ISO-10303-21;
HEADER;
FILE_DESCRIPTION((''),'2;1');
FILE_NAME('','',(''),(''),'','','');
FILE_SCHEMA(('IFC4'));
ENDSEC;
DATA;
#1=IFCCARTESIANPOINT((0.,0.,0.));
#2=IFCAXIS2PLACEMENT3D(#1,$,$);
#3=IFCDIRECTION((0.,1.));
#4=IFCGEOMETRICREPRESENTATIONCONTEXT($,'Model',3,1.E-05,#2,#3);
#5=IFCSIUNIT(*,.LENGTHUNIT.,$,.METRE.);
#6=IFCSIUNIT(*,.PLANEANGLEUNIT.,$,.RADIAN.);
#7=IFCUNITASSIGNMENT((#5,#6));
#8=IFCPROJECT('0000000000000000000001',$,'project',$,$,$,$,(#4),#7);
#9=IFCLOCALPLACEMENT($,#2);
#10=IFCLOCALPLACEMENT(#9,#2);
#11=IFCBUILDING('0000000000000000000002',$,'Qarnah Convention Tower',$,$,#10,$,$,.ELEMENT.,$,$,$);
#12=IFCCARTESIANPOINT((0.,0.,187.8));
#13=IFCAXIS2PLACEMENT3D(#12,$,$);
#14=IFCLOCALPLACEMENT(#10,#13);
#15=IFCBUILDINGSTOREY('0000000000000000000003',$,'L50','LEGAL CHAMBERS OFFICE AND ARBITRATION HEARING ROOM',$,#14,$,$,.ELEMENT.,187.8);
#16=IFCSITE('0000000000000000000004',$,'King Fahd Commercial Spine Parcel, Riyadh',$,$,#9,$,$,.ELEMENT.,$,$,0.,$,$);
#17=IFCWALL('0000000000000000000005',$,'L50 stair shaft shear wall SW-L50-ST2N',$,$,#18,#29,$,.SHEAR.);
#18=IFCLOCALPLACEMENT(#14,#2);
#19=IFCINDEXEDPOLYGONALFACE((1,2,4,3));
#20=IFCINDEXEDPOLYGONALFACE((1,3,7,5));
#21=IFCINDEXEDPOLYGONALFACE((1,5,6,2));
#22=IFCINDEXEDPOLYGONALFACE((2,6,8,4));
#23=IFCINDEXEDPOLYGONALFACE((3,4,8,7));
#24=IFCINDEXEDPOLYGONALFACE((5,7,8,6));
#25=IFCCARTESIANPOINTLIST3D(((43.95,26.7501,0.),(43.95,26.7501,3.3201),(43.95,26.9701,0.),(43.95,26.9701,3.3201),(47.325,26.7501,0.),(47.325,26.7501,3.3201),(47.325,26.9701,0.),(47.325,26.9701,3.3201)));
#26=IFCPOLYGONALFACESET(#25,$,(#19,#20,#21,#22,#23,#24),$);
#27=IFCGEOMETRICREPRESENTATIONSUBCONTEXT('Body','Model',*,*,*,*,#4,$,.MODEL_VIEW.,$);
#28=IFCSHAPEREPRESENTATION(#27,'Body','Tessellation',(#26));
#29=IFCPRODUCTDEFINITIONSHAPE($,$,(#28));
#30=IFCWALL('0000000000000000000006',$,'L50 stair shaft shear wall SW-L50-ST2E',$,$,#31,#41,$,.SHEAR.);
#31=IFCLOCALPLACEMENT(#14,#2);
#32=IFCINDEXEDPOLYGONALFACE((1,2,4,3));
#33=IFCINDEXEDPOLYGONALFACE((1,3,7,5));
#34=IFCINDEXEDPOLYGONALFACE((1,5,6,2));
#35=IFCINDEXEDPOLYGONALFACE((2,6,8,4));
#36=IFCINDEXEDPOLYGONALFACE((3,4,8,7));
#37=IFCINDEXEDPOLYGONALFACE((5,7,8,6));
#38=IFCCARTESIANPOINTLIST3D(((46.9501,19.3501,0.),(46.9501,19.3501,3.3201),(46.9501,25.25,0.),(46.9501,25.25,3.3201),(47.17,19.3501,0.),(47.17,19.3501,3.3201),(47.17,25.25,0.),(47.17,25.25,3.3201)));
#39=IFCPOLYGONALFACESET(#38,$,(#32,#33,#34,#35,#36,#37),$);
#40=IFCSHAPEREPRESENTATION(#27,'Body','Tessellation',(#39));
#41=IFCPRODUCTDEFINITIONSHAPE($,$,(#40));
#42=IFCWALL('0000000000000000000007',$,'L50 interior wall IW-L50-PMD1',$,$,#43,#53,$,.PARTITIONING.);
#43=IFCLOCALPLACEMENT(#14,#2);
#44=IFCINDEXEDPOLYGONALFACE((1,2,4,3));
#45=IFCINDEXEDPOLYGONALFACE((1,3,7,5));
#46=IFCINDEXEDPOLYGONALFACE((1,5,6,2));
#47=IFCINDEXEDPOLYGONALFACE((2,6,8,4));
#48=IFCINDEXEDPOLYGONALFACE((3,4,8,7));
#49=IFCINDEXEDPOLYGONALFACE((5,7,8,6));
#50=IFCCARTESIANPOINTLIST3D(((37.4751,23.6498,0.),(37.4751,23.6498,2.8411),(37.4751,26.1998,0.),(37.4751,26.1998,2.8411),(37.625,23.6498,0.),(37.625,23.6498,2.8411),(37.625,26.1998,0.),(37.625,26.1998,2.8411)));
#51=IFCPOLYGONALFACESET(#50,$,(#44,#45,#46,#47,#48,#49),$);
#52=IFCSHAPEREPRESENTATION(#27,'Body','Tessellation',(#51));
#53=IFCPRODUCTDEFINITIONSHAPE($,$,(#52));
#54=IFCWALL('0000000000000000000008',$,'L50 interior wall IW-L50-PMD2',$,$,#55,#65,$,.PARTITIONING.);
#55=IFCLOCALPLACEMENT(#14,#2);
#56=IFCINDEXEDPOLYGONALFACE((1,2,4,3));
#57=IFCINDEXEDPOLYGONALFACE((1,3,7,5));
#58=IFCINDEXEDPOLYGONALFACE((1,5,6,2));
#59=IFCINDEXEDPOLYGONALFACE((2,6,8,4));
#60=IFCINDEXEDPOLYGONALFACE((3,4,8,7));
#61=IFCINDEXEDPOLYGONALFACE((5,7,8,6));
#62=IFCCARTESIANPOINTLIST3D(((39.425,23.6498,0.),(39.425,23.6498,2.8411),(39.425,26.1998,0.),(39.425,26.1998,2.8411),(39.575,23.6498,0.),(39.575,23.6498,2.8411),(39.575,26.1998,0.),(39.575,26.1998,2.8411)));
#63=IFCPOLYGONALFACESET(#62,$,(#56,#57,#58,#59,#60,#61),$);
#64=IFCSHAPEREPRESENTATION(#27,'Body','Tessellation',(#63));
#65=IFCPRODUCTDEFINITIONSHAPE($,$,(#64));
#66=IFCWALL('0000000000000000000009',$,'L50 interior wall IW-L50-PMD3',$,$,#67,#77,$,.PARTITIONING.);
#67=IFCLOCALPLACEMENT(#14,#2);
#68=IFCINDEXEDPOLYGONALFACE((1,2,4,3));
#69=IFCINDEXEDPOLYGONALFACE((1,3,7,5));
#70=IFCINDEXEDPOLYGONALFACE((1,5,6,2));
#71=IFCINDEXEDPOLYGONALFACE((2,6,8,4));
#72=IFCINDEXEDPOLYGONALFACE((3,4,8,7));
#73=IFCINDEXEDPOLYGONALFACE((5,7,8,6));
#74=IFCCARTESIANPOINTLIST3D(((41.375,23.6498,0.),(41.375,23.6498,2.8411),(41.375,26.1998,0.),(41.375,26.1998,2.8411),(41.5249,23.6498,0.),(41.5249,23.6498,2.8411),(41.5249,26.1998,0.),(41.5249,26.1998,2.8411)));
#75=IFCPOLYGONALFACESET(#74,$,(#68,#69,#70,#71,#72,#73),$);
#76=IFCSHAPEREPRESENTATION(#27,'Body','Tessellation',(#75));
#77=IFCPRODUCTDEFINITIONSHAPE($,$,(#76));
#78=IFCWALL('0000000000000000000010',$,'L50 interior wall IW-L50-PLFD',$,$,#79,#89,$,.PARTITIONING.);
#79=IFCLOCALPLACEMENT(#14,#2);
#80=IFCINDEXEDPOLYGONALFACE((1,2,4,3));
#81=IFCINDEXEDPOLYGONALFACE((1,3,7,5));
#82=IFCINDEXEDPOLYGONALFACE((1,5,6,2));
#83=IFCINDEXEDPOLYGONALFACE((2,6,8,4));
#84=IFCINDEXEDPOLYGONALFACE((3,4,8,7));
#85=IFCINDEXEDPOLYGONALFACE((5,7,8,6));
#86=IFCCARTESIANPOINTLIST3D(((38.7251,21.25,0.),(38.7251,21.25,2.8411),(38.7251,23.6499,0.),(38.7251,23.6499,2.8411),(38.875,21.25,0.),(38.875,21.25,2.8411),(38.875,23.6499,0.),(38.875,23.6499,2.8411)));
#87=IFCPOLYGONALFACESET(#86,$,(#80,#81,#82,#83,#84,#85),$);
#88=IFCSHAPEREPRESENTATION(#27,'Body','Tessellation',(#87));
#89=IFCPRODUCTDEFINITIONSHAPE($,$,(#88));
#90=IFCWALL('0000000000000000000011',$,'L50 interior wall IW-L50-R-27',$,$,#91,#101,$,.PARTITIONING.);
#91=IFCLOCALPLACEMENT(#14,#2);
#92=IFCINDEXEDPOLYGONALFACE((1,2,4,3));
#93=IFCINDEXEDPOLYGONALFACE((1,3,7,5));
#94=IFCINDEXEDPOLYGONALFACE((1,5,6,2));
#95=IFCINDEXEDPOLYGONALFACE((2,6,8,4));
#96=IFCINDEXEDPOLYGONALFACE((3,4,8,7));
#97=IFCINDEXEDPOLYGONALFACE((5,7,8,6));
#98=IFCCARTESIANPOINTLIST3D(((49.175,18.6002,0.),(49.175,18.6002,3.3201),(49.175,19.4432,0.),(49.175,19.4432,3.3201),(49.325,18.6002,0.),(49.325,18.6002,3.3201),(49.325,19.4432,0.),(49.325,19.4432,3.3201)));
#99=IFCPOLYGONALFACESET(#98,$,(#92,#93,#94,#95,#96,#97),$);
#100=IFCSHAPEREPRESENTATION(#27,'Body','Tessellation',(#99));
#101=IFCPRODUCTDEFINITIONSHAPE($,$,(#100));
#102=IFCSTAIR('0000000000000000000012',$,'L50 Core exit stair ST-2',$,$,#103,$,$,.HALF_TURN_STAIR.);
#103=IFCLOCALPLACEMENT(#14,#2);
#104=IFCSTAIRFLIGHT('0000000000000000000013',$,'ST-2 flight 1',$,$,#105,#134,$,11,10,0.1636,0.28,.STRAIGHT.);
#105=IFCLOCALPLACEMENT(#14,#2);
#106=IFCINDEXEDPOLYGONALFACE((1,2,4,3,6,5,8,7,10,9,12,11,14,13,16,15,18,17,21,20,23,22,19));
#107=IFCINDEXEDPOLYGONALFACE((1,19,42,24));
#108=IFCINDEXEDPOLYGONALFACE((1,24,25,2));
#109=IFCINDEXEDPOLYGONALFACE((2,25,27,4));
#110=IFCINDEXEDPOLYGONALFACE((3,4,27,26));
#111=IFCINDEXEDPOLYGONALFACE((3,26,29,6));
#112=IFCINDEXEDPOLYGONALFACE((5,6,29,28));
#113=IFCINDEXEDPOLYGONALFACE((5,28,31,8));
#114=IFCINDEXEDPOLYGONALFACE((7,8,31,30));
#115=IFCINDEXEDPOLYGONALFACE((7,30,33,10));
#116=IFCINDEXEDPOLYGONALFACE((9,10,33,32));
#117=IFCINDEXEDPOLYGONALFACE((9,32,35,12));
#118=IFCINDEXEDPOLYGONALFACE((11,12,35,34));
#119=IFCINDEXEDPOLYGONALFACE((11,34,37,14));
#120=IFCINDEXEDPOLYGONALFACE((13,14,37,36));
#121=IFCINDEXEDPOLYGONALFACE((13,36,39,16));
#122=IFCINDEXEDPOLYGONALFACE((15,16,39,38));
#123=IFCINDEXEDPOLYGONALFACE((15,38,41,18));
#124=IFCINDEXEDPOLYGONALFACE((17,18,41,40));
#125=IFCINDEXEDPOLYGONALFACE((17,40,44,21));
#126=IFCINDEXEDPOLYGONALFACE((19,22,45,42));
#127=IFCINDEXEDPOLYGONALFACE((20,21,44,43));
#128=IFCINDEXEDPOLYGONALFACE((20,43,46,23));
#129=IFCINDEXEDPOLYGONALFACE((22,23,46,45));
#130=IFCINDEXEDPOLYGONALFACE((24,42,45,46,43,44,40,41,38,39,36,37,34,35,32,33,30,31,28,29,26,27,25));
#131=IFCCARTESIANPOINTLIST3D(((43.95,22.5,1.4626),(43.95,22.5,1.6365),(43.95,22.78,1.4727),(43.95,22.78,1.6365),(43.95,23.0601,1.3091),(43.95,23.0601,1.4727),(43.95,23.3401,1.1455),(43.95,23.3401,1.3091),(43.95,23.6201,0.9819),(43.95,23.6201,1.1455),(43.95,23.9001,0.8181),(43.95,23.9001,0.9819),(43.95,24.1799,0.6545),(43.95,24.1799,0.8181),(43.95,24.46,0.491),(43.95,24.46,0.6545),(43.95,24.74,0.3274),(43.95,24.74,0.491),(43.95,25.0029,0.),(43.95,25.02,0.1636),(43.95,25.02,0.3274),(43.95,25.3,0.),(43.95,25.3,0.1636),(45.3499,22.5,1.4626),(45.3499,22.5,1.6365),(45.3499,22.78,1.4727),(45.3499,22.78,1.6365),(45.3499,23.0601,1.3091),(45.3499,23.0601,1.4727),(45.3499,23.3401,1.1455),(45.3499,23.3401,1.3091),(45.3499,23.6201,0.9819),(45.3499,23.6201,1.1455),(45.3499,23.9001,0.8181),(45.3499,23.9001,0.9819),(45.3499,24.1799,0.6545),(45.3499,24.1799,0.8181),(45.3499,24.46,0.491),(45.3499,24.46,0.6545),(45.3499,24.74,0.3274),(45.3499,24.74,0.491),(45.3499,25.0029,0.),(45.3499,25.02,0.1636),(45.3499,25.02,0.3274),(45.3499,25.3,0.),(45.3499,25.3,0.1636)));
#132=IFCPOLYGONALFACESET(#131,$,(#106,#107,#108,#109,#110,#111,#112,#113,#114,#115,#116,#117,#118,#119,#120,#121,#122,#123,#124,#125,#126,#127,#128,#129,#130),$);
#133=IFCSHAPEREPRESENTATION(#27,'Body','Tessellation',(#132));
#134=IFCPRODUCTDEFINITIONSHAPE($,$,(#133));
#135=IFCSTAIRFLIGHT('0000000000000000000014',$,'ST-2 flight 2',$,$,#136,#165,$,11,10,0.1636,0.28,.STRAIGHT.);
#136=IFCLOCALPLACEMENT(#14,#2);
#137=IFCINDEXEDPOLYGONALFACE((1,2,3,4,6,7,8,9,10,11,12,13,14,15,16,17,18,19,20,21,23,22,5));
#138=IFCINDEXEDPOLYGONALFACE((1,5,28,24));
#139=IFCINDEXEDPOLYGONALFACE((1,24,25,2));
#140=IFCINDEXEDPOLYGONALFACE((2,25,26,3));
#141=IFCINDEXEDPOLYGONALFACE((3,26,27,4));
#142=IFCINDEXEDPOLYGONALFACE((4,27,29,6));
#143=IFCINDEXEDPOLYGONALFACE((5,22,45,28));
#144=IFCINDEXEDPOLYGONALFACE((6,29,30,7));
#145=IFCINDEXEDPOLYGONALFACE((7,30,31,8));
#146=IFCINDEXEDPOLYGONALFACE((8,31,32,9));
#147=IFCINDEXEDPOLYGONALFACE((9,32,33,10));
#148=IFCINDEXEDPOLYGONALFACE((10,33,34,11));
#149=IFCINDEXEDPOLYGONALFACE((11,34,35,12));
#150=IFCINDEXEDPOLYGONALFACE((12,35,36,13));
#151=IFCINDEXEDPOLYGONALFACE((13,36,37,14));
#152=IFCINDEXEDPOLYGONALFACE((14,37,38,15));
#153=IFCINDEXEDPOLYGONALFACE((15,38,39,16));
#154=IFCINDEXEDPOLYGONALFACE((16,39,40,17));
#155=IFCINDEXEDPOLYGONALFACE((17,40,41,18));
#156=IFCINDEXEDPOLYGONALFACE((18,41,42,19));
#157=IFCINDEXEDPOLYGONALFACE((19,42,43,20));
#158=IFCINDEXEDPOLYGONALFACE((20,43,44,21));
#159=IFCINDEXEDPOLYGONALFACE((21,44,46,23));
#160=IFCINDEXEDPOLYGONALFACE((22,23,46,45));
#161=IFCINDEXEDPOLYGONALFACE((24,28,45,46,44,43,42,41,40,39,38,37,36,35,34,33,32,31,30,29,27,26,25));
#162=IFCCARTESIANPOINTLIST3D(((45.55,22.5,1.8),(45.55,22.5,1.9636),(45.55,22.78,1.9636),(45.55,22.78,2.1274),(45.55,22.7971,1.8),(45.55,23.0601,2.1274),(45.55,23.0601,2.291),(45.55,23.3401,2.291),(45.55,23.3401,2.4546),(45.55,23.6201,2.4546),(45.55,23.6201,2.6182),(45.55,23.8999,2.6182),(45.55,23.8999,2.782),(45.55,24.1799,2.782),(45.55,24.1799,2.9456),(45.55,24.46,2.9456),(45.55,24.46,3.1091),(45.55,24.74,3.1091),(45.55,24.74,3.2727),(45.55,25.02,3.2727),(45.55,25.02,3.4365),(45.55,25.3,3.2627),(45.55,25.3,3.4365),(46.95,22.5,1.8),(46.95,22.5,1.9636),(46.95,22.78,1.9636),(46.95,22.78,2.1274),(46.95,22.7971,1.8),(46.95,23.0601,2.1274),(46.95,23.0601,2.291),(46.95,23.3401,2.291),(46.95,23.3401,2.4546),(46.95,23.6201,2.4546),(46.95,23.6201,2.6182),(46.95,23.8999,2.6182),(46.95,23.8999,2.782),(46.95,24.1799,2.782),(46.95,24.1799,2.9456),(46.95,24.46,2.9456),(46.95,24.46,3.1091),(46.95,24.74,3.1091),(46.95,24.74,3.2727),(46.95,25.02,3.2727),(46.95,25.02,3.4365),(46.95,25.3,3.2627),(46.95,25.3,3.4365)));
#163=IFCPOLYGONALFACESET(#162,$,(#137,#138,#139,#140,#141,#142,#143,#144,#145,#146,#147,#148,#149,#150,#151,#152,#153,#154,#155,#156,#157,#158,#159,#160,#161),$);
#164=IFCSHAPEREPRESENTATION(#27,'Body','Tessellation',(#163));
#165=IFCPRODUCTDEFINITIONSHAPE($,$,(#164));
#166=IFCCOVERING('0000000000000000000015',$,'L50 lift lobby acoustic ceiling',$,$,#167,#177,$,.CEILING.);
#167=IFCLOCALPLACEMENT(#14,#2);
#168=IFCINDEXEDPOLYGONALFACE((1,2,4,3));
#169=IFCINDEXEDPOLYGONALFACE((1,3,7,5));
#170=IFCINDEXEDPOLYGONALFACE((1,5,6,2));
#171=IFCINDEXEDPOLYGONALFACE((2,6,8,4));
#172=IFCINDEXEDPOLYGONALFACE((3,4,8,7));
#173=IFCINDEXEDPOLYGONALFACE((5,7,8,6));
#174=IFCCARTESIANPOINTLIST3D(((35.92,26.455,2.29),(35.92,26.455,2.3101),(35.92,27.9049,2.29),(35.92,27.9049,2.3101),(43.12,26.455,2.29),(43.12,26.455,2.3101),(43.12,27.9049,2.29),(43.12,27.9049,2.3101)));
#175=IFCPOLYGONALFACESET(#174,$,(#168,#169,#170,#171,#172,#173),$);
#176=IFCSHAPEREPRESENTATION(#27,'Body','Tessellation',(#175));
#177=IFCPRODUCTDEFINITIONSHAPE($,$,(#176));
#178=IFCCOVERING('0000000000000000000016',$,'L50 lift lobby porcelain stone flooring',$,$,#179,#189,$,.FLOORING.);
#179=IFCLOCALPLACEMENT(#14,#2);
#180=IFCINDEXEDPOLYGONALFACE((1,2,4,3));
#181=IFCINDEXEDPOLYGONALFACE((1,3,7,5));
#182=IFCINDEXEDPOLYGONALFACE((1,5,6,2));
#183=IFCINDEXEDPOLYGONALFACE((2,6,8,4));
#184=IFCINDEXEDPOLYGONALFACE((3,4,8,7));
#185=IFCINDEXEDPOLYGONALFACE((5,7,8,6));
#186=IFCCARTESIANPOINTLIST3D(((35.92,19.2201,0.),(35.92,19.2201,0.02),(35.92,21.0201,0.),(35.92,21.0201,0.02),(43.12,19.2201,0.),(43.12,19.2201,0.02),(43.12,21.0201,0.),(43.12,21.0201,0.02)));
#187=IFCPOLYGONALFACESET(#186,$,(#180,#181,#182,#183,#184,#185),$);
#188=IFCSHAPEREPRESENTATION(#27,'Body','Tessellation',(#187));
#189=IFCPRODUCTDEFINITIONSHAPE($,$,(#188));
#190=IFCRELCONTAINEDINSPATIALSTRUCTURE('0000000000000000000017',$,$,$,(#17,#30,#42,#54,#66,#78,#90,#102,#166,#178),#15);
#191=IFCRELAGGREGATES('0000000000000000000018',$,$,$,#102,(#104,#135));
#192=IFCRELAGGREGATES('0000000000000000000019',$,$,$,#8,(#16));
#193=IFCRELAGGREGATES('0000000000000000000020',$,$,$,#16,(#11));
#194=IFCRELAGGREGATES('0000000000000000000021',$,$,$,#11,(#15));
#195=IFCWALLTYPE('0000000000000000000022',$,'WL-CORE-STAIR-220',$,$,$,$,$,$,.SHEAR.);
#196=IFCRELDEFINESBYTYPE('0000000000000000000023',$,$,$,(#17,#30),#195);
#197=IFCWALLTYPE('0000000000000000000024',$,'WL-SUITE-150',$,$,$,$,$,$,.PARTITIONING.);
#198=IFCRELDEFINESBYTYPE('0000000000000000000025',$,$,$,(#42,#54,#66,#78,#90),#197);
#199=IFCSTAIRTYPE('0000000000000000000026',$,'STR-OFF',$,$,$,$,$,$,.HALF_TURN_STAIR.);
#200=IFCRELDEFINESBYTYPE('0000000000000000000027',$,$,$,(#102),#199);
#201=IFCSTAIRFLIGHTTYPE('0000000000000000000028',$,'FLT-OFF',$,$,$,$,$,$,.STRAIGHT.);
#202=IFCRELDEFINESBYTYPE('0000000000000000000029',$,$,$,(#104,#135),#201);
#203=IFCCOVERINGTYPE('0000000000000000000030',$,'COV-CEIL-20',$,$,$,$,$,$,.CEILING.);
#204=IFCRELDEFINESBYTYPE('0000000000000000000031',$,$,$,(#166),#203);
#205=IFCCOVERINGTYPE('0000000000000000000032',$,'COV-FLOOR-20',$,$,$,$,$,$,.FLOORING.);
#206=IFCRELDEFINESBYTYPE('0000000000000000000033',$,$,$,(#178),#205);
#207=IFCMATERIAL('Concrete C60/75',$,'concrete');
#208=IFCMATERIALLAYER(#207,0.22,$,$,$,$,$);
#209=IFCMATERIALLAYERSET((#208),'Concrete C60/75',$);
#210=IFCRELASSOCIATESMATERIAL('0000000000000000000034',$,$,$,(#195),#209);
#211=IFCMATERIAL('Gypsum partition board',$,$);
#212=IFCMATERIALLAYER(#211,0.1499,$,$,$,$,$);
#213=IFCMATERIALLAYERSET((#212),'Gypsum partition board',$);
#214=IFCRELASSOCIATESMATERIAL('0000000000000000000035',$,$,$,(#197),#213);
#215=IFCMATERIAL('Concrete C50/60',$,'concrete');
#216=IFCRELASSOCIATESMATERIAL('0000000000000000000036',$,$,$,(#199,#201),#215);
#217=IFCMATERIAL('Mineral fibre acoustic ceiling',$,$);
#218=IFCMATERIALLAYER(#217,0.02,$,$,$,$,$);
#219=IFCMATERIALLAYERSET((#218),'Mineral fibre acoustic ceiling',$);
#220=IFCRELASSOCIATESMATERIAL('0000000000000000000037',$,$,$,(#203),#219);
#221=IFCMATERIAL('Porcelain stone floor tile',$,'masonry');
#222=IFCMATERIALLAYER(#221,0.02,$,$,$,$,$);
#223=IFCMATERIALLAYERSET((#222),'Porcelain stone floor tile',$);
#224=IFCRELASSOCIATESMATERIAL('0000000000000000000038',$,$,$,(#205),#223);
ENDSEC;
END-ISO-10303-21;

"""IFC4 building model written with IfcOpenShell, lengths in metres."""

from ifc_helpers import new_model, si_unit, direction, frame, frame_2d, origin, origin_2d, place, context, subcontext, project, spatial, polyline, rectangle, outline, extrude, material, layer, layer_set, type_object, element, aggregate, save


model = new_model("IFC4")

# Units and contexts
model_context = context("Model", 3, precision=1e-05, world=origin(), true_north=direction((0.0, 1.0)))
body_context = subcontext(model_context, "Body", "Model", "MODEL_VIEW")
ifc_project = project(units=[si_unit("LENGTHUNIT", "METRE"), si_unit("PLANEANGLEUNIT", "RADIAN")], contexts=[model_context])

# Site, building, storey
site_placement = place(None, origin())
site = spatial("IfcSite", under=ifc_project, at=site_placement, Name="King Fahd Commercial Spine Parcel, Riyadh", CompositionType="ELEMENT", RefElevation=0.0)
building_placement = place(site_placement, origin())
building = spatial("IfcBuilding", under=site, at=building_placement, Name="Qarnah Convention Tower", CompositionType="ELEMENT")
storey_placement = place(building_placement, frame((0.0, 0.0, 187.8)))
storey = spatial("IfcBuildingStorey", under=building, at=storey_placement, Name="L50", Description="LEGAL CHAMBERS OFFICE AND ARBITRATION HEARING ROOM", CompositionType="ELEMENT", Elevation=187.8)

# Shared definitions
ifc_material_1 = material(Name="Concrete C50/60", Category="concrete")

# Walls
ifc_material_2 = material(Name="Concrete C60/75", Category="concrete")
ifc_layer_1 = layer(ifc_material_2, 0.22)
ifc_layer_set_1 = layer_set([ifc_layer_1], Name="Concrete C60/75")
wall_type_1 = type_object("IfcWallType", Name="WL-CORE-STAIR-220", PredefinedType="SHEAR", material=ifc_layer_set_1)
wall_1_placement = place(storey_placement, frame((43.95, 26.8601, 0.0), z_axis=(0.0, 0.0, 1.0), x_axis=(1.0, 0.0, 0.0)))
element("IfcWall", 1, at=wall_1_placement, inside=storey, type_object=wall_type_1, Name="L50 stair shaft shear wall SW-L50-ST2N", PredefinedType="SHEAR", context=body_context, shape_type="SweptSolid", body=[
    extrude(rectangle(XDim=3.375, YDim=0.22, at=frame_2d((1.6875, 0.0))), origin(), (0.0, 0.0, 1.0), 3.3201),
])
wall_2_placement = place(storey_placement, frame((47.0601, 19.3501, 0.0), z_axis=(0.0, 0.0, 1.0), x_axis=(0.0, 1.0, 0.0)))
element("IfcWall", 2, at=wall_2_placement, inside=storey, type_object=wall_type_1, Name="L50 stair shaft shear wall SW-L50-ST2E", PredefinedType="SHEAR", context=body_context, shape_type="SweptSolid", body=[
    extrude(rectangle(XDim=5.8999, YDim=0.22, at=frame_2d((2.95, 0.0))), origin(), (0.0, 0.0, 1.0), 3.3201),
])
ifc_material_3 = material(Name="Gypsum partition board")
ifc_layer_2 = layer(ifc_material_3, 0.1499)
ifc_layer_set_2 = layer_set([ifc_layer_2], Name="Gypsum partition board")
wall_type_2 = type_object("IfcWallType", Name="WL-SUITE-150", PredefinedType="PARTITIONING", material=ifc_layer_set_2)
for number, where, z_axis, x_axis, name in (
    (3, (37.55, 23.6499, 0.0), (0.0, 0.0, 1.0), (0.0, 1.0, 0.0), "L50 interior wall IW-L50-PMD1"),
    (4, (39.5, 23.6499, 0.0), (0.0, 0.0, 1.0), (0.0, 1.0, 0.0), "L50 interior wall IW-L50-PMD2"),
    (5, (41.45, 23.6499, 0.0), (0.0, 0.0, 1.0), (0.0, 1.0, 0.0), "L50 interior wall IW-L50-PMD3"),
):
    element("IfcWall", number, at=place(storey_placement, frame(where, z_axis=z_axis, x_axis=x_axis)), inside=storey, type_object=wall_type_2, Name=name, PredefinedType="PARTITIONING", context=body_context, shape_type="SweptSolid", body=[
        extrude(rectangle(XDim=2.55, YDim=0.1499, at=frame_2d((1.2749, 0.0))), origin(), (0.0, 0.0, 1.0), 2.8411),
    ])
wall_3_placement = place(storey_placement, frame((38.8, 21.25, 0.0), z_axis=(0.0, 0.0, 1.0), x_axis=(0.0, 1.0, 0.0)))
element("IfcWall", 6, at=wall_3_placement, inside=storey, type_object=wall_type_2, Name="L50 interior wall IW-L50-PLFD", PredefinedType="PARTITIONING", context=body_context, shape_type="SweptSolid", body=[
    extrude(rectangle(XDim=2.3999, YDim=0.1499, at=frame_2d((1.2, 0.0))), origin(), (0.0, 0.0, 1.0), 2.8411),
])
wall_4_placement = place(storey_placement, frame((49.25, 19.4431, 0.0), z_axis=(0.0, 0.0, 1.0), x_axis=(0.0, -1.0, 0.0)))
element("IfcWall", 7, at=wall_4_placement, inside=storey, type_object=wall_type_2, Name="L50 interior wall IW-L50-R-27", PredefinedType="PARTITIONING", context=body_context, shape_type="SweptSolid", body=[
    extrude(rectangle(XDim=0.843, YDim=0.1499, at=frame_2d((0.4214, 0.0))), origin(), (0.0, 0.0, 1.0), 3.3201),
])

# Stair, stair flights
stair_type = type_object("IfcStairType", Name="STR-OFF", PredefinedType="HALF_TURN_STAIR", material=ifc_material_1)
stair_placement = place(storey_placement, origin())
stair = element("IfcStair", 8, at=stair_placement, inside=storey, type_object=stair_type, Name="L50 Core exit stair ST-2", PredefinedType="HALF_TURN_STAIR")
stair_flight_type = type_object("IfcStairFlightType", Name="FLT-OFF", PredefinedType="STRAIGHT", material=ifc_material_1)
stair_flight_1_placement = place(storey_placement, frame((44.6499, 25.3, 0.0), z_axis=(0.0, 0.0, 1.0), x_axis=(0.0, -1.0, 0.0)))
stair_flight_1 = element("IfcStairFlight", 9, at=stair_flight_1_placement, type_object=stair_flight_type, Name="ST-2 flight 1", NumberOfRisers=11, NumberOfTreads=10, PredefinedType="STRAIGHT", RiserHeight=0.1636, TreadLength=0.28, context=body_context, shape_type="SweptSolid", body=[
    extrude(outline(polyline([(0.0, 0.0), (0.0, 0.1636), (0.28, 0.1636), (0.28, 0.3274), (0.5601, 0.3274), (0.5601, 0.491), (0.8401, 0.491), (0.8401, 0.6545), (1.1201, 0.6545), (1.1201, 0.8181), (1.3999, 0.8181), (1.3999, 0.9819), (1.6799, 0.9819), (1.6799, 1.1455), (1.96, 1.1455), (1.96, 1.3091), (2.24, 1.3091), (2.24, 1.4727), (2.52, 1.4727), (2.52, 1.6365), (2.8, 1.6365), (2.8, 1.8), (2.8, 1.4626), (0.2971, 0.0), (0.0, 0.0)])), frame((0.0, 0.7, 0.0), z_axis=(0.0, -1.0, 0.0), x_axis=(1.0, 0.0, 0.0)), (0.0, 0.0, 1.0), 1.3999),
])
stair_flight_2_placement = place(storey_placement, frame((46.25, 22.5, 1.8), z_axis=(0.0, 0.0, 1.0), x_axis=(0.0, 1.0, 0.0)))
stair_flight_2 = element("IfcStairFlight", 10, at=stair_flight_2_placement, type_object=stair_flight_type, Name="ST-2 flight 2", NumberOfRisers=11, NumberOfTreads=10, PredefinedType="STRAIGHT", RiserHeight=0.1636, TreadLength=0.28, context=body_context, shape_type="SweptSolid", body=[
    extrude(outline(polyline([(0.0, 0.0), (0.0, 0.1636), (0.28, 0.1636), (0.28, 0.3274), (0.5601, 0.3274), (0.5601, 0.491), (0.8401, 0.491), (0.8401, 0.6545), (1.1201, 0.6545), (1.1201, 0.8181), (1.3999, 0.8181), (1.3999, 0.9819), (1.6799, 0.9819), (1.6799, 1.1455), (1.96, 1.1455), (1.96, 1.3091), (2.24, 1.3091), (2.24, 1.4727), (2.52, 1.4727), (2.52, 1.6365), (2.8, 1.6365), (2.8, 1.8), (2.8, 1.4626), (0.2971, 0.0), (0.0, 0.0)])), frame((0.0, 0.7, 0.0), z_axis=(0.0, -1.0, 0.0), x_axis=(1.0, 0.0, 0.0)), (0.0, 0.0, 1.0), 1.3999),
])
aggregate(stair, [stair_flight_1, stair_flight_2])

# Coverings
ifc_material_4 = material(Name="Mineral fibre acoustic ceiling")
ifc_layer_3 = layer(ifc_material_4, 0.02)
ifc_layer_set_3 = layer_set([ifc_layer_3], Name="Mineral fibre acoustic ceiling")
covering_type_1 = type_object("IfcCoveringType", Name="COV-CEIL-20", PredefinedType="CEILING", material=ifc_layer_set_3)
covering_1_placement = place(storey_placement, frame((39.52, 27.1799, 2.29), z_axis=(0.0, 0.0, 1.0), x_axis=(1.0, 0.0, 0.0)))
element("IfcCovering", 11, at=covering_1_placement, inside=storey, type_object=covering_type_1, Name="L50 lift lobby acoustic ceiling", PredefinedType="CEILING", context=body_context, shape_type="SweptSolid", body=[
    extrude(rectangle(XDim=7.2, YDim=1.45, at=origin_2d()), origin(), (0.0, 0.0, 1.0), 0.02),
])
ifc_material_5 = material(Name="Porcelain stone floor tile", Category="masonry")
ifc_layer_4 = layer(ifc_material_5, 0.02)
ifc_layer_set_4 = layer_set([ifc_layer_4], Name="Porcelain stone floor tile")
covering_type_2 = type_object("IfcCoveringType", Name="COV-FLOOR-20", PredefinedType="FLOORING", material=ifc_layer_set_4)
covering_2_placement = place(storey_placement, frame((39.52, 20.1201, 0.0), z_axis=(0.0, 0.0, 1.0), x_axis=(1.0, 0.0, 0.0)))
element("IfcCovering", 12, at=covering_2_placement, inside=storey, type_object=covering_type_2, Name="L50 lift lobby porcelain stone flooring", PredefinedType="FLOORING", context=body_context, shape_type="SweptSolid", body=[
    extrude(rectangle(XDim=7.2, YDim=1.8, at=origin_2d()), origin(), (0.0, 0.0, 1.0), 0.02),
])

save(model, "model.ifc")
